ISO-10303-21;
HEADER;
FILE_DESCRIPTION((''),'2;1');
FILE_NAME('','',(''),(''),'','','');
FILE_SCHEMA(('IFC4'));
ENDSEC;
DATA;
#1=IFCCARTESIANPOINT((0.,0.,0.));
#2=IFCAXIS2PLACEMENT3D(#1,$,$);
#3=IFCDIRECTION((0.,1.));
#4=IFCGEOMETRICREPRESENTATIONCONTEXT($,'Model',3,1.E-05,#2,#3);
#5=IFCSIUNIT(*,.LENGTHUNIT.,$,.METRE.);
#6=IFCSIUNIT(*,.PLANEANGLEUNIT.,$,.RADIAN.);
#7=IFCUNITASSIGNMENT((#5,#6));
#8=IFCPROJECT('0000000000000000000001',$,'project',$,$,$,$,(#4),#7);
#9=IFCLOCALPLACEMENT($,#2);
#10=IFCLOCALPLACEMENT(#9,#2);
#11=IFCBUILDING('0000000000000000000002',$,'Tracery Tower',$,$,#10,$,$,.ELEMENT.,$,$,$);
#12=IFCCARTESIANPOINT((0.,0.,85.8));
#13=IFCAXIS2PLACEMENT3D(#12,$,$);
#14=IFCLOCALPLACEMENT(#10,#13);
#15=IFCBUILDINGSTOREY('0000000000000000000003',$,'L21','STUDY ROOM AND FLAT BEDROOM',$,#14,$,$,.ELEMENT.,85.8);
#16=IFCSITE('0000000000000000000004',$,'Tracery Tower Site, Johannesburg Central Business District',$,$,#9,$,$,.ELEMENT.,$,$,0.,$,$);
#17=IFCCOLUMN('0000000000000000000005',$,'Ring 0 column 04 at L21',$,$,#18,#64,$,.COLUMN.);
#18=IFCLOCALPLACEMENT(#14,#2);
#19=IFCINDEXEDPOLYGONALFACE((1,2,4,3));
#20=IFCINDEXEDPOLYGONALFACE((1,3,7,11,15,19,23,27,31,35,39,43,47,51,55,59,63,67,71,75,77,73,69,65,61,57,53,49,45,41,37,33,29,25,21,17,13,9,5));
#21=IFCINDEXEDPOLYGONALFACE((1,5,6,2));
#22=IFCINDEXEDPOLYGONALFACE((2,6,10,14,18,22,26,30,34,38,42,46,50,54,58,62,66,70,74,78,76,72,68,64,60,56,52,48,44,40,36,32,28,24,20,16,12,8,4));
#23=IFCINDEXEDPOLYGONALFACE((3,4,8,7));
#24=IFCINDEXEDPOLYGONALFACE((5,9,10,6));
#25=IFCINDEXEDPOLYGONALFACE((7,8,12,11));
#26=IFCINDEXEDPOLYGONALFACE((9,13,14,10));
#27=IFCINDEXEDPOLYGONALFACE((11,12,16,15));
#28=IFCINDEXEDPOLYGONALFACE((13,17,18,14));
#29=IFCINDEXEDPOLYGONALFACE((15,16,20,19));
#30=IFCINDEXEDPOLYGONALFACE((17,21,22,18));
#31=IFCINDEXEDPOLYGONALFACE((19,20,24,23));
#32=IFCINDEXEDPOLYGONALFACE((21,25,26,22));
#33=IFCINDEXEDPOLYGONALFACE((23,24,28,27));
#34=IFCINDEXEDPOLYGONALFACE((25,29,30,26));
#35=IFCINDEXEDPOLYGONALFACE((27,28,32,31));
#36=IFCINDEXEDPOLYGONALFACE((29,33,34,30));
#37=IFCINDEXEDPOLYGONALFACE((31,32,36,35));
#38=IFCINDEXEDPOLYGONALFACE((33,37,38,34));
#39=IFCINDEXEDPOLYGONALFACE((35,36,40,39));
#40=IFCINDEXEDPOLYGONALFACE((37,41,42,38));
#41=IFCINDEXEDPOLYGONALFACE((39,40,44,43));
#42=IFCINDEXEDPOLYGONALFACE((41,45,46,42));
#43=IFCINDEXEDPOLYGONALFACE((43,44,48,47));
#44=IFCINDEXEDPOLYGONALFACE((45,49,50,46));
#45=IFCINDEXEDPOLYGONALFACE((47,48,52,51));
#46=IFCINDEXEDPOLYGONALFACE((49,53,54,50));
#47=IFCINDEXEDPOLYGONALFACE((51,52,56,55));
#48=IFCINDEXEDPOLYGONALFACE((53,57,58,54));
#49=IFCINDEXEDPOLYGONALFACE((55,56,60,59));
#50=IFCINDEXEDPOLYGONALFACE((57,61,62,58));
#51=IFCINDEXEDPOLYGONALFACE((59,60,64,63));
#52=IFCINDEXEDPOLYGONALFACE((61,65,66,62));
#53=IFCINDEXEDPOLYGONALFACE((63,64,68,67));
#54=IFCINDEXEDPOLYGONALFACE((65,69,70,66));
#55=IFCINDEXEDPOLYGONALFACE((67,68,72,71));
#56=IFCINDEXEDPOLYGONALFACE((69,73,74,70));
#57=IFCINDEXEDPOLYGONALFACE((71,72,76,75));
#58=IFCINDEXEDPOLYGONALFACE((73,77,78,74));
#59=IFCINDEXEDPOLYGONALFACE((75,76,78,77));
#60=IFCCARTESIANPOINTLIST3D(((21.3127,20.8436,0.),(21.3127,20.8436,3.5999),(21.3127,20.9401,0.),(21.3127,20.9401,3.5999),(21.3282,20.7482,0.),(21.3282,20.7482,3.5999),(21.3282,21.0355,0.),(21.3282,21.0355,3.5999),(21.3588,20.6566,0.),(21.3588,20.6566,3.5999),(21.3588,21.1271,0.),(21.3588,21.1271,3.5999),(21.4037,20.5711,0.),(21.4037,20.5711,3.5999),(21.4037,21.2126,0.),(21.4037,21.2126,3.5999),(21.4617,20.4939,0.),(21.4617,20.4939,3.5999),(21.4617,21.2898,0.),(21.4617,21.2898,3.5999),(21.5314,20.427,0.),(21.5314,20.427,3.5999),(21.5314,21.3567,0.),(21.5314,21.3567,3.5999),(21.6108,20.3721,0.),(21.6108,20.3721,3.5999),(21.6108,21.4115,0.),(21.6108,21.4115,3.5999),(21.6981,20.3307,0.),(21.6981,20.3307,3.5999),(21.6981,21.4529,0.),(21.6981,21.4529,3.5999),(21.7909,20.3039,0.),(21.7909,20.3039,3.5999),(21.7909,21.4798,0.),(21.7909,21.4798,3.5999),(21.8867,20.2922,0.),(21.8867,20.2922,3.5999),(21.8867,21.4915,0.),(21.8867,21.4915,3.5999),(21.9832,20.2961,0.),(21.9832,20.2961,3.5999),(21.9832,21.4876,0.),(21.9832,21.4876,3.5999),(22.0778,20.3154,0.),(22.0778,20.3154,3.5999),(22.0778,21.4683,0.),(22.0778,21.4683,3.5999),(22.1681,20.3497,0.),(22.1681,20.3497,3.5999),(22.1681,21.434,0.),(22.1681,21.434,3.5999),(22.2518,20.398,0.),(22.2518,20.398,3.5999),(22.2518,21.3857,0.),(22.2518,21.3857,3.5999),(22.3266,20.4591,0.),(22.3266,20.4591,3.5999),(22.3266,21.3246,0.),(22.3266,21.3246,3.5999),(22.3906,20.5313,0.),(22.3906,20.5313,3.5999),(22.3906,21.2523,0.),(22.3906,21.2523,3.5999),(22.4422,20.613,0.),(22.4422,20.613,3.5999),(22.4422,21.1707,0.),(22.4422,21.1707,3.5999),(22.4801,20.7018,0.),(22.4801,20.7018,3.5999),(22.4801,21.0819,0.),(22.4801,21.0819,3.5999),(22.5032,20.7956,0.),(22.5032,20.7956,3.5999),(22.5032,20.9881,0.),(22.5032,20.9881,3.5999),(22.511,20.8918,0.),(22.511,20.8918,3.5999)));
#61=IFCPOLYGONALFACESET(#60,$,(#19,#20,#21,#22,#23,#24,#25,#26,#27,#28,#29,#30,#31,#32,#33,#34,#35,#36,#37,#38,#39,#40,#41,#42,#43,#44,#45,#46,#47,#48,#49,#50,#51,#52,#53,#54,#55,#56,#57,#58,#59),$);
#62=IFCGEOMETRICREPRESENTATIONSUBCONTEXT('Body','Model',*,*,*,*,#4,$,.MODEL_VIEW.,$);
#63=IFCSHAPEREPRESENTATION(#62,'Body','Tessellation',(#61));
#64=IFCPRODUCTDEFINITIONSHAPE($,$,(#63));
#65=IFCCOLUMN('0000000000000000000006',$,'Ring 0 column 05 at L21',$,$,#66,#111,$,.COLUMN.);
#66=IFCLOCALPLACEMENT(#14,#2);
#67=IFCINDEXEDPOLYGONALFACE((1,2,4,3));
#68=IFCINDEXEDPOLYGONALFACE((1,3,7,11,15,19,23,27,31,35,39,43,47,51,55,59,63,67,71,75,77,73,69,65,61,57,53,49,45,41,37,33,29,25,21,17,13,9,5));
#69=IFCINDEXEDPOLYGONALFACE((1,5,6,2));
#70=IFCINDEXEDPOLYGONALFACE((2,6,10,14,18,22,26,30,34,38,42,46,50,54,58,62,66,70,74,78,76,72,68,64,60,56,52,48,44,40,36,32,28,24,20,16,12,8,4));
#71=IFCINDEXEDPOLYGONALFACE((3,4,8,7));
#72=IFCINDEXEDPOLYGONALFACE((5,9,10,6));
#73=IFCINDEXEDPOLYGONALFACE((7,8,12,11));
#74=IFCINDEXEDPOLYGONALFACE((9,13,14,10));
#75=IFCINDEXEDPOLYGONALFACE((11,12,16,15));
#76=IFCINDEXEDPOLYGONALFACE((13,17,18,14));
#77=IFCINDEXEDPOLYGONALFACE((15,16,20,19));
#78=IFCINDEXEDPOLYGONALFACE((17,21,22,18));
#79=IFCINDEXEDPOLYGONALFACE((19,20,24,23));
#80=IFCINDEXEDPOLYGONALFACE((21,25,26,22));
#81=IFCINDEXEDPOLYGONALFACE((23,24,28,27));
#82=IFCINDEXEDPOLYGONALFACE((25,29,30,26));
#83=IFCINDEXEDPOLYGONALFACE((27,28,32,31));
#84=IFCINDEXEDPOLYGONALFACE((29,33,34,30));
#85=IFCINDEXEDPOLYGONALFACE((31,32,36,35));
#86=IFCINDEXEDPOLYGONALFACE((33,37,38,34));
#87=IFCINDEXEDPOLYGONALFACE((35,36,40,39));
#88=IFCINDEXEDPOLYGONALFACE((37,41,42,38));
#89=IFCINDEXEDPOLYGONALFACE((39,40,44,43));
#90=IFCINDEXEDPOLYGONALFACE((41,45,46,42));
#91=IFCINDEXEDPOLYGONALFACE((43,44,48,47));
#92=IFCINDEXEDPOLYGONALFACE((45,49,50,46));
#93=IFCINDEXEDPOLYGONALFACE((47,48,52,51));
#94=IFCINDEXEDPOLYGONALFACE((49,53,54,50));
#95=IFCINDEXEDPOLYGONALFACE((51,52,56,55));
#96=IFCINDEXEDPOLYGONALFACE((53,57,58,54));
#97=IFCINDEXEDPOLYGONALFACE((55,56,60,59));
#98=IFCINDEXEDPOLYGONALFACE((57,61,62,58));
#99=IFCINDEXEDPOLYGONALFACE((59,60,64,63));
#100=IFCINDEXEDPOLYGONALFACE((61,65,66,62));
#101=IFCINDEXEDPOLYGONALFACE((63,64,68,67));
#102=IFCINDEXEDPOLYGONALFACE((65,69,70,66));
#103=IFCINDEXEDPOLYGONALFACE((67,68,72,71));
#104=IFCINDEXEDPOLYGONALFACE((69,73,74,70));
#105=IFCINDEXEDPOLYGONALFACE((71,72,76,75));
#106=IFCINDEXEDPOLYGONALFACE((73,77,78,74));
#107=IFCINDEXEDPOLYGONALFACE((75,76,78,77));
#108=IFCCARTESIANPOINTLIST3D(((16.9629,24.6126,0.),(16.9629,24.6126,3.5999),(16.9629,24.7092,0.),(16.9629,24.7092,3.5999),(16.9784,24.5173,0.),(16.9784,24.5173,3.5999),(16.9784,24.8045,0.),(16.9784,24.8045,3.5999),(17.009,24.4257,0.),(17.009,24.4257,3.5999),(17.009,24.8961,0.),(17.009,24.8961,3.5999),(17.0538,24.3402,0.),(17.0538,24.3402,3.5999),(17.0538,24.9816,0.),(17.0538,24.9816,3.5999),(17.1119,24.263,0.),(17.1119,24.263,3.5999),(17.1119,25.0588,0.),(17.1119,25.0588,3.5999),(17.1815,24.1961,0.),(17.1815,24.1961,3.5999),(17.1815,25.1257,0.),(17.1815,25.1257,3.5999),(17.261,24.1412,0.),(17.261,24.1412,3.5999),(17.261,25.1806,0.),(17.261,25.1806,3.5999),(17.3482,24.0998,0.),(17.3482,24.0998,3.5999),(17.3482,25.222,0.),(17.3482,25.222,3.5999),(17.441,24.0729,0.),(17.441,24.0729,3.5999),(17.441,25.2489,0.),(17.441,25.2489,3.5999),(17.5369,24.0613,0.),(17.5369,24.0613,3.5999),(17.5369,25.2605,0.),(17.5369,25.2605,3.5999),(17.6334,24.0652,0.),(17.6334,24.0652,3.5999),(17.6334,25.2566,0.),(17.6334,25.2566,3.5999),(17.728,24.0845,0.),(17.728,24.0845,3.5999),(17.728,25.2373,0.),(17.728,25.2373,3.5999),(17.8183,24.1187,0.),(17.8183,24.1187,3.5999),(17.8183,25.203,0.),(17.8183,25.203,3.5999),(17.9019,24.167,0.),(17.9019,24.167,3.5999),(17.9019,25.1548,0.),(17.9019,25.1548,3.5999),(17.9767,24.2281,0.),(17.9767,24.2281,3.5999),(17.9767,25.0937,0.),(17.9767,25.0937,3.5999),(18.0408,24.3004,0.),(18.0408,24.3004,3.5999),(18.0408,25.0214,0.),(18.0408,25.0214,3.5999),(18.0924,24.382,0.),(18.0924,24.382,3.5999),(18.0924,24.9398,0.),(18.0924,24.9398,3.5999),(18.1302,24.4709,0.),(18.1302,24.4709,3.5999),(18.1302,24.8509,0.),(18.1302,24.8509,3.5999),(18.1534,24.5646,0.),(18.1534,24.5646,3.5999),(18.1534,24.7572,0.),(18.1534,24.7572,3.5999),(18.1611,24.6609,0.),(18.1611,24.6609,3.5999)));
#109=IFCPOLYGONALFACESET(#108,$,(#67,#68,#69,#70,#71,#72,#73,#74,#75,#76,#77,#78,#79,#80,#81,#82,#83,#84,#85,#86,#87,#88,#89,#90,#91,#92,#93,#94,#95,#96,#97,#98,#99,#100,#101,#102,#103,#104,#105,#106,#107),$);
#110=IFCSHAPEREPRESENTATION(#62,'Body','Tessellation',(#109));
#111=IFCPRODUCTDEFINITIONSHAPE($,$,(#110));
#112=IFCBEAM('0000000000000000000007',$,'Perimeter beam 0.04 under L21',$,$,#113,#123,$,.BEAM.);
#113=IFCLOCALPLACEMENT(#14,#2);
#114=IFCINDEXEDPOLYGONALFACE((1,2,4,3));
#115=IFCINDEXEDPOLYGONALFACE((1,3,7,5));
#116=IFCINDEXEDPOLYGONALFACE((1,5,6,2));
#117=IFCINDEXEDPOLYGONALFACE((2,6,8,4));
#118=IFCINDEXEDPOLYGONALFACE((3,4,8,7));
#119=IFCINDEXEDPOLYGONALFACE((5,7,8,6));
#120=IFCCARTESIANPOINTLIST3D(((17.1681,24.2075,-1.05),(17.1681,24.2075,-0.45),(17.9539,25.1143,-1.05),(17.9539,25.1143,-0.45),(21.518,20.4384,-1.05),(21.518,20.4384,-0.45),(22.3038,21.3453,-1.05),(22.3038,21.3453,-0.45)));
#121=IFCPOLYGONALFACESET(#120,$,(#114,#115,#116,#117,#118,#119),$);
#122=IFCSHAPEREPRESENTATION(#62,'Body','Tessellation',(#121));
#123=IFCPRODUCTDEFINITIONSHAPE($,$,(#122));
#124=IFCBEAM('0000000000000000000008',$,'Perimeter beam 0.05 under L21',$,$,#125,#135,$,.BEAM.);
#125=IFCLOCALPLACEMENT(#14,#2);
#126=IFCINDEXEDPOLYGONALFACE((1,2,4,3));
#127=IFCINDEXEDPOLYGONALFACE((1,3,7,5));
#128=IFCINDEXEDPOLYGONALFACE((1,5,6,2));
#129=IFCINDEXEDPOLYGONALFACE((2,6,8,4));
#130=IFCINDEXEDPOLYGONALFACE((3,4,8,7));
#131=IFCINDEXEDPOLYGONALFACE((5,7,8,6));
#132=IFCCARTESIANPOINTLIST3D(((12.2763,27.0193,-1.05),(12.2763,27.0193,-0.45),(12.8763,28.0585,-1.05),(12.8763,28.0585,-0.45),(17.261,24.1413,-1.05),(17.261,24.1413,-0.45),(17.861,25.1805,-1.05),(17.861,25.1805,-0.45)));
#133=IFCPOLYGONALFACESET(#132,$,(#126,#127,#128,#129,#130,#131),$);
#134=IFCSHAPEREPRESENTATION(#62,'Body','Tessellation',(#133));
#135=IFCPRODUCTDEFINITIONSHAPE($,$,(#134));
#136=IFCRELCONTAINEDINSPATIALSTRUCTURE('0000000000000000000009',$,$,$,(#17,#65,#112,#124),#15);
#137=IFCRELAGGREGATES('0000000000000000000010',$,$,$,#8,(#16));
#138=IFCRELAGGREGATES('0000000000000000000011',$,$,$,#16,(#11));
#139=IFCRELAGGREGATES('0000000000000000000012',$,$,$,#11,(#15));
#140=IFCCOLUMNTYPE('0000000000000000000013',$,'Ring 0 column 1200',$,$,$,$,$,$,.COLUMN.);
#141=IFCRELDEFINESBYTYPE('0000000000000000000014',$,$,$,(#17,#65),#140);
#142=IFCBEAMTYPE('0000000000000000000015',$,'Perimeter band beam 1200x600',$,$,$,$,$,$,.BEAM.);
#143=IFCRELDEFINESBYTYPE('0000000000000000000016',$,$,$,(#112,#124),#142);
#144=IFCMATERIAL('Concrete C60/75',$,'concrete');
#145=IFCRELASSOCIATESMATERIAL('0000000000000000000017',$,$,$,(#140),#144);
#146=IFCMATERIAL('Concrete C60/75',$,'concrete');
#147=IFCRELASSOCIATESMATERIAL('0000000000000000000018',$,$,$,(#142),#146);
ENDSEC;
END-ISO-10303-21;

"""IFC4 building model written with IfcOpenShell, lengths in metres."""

from ifc_helpers import new_model, si_unit, direction, frame, origin, origin_2d, place, context, subcontext, project, spatial, rectangle, circle, extrude, material, material_profile, profile_set, type_object, element, save


model = new_model("IFC4")

# Units and contexts
model_context = context("Model", 3, precision=1e-05, world=origin(), true_north=direction((0.0, 1.0)))
body_context = subcontext(model_context, "Body", "Model", "MODEL_VIEW")
ifc_project = project(units=[si_unit("LENGTHUNIT", "METRE"), si_unit("PLANEANGLEUNIT", "RADIAN")], contexts=[model_context])

# Site, building, storey
site_placement = place(None, origin())
site = spatial("IfcSite", under=ifc_project, at=site_placement, Name="Tracery Tower Site, Johannesburg Central Business District", CompositionType="ELEMENT", RefElevation=0.0)
building_placement = place(site_placement, origin())
building = spatial("IfcBuilding", under=site, at=building_placement, Name="Tracery Tower", CompositionType="ELEMENT")
storey_placement = place(building_placement, frame((0.0, 0.0, 85.8)))
storey = spatial("IfcBuildingStorey", under=building, at=storey_placement, Name="L21", Description="STUDY ROOM AND FLAT BEDROOM", CompositionType="ELEMENT", Elevation=85.8)

# Columns
ifc_material_1 = material(Name="Concrete C60/75", Category="concrete")
ifc_material_profile_1 = material_profile(ifc_material_1, circle(Radius=0.6001, at=origin_2d()), Name="RC D1200")
ifc_profile_set_1 = profile_set([ifc_material_profile_1], Name="Concrete C60/75")
column_type = type_object("IfcColumnType", Name="Ring 0 column 1200", PredefinedType="COLUMN", material=ifc_profile_set_1)
for number, where, z_axis, x_axis, name in (
    (1, (21.9109, 20.8918, 0.0), (0.0, 0.0, 1.0), (1.0, 0.0, 0.0), "Ring 0 column 04 at L21"),
    (2, (17.561, 24.6609, 0.0), (0.0, 0.0, 1.0), (1.0, 0.0, 0.0), "Ring 0 column 05 at L21"),
):
    element("IfcColumn", number, at=place(storey_placement, frame(where, z_axis=z_axis, x_axis=x_axis)), inside=storey, type_object=column_type, Name=name, PredefinedType="COLUMN", context=body_context, shape_type="SweptSolid", body=[
        extrude(circle(Radius=0.6001, at=origin_2d()), origin(), (0.0, 0.0, 1.0), 3.5999),
    ])

# Beams
ifc_material_2 = material(Name="Concrete C60/75", Category="concrete")
ifc_material_profile_2 = material_profile(ifc_material_2, rectangle(XDim=1.2, YDim=0.6001, at=origin_2d()), Name="RC 1200x600")
ifc_profile_set_2 = profile_set([ifc_material_profile_2], Name="Concrete C60/75")
beam_type = type_object("IfcBeamType", Name="Perimeter band beam 1200x600", PredefinedType="BEAM", material=ifc_profile_set_2)
beam_1_placement = place(storey_placement, frame((21.9109, 20.8918, -0.75), z_axis=(-0.75576, 0.654848, 0.0), x_axis=(-0.654848, -0.75576, 0.0)))
element("IfcBeam", 3, at=beam_1_placement, inside=storey, type_object=beam_type, Name="Perimeter beam 0.04 under L21", PredefinedType="BEAM", context=body_context, shape_type="SweptSolid", body=[
    extrude(rectangle(XDim=1.2, YDim=0.6001, at=origin_2d()), origin(), (0.0, 0.0, 1.0), 5.7556),
])
beam_2_placement = place(storey_placement, frame((17.561, 24.6609, -0.75), z_axis=(-0.866021, 0.500008, 0.0), x_axis=(-0.500008, -0.866021, 0.0)))
element("IfcBeam", 4, at=beam_2_placement, inside=storey, type_object=beam_type, Name="Perimeter beam 0.05 under L21", PredefinedType="BEAM", context=body_context, shape_type="SweptSolid", body=[
    extrude(rectangle(XDim=1.2, YDim=0.6001, at=origin_2d()), origin(), (0.0, 0.0, 1.0), 5.7559),
])

save(model, "model.ifc")
